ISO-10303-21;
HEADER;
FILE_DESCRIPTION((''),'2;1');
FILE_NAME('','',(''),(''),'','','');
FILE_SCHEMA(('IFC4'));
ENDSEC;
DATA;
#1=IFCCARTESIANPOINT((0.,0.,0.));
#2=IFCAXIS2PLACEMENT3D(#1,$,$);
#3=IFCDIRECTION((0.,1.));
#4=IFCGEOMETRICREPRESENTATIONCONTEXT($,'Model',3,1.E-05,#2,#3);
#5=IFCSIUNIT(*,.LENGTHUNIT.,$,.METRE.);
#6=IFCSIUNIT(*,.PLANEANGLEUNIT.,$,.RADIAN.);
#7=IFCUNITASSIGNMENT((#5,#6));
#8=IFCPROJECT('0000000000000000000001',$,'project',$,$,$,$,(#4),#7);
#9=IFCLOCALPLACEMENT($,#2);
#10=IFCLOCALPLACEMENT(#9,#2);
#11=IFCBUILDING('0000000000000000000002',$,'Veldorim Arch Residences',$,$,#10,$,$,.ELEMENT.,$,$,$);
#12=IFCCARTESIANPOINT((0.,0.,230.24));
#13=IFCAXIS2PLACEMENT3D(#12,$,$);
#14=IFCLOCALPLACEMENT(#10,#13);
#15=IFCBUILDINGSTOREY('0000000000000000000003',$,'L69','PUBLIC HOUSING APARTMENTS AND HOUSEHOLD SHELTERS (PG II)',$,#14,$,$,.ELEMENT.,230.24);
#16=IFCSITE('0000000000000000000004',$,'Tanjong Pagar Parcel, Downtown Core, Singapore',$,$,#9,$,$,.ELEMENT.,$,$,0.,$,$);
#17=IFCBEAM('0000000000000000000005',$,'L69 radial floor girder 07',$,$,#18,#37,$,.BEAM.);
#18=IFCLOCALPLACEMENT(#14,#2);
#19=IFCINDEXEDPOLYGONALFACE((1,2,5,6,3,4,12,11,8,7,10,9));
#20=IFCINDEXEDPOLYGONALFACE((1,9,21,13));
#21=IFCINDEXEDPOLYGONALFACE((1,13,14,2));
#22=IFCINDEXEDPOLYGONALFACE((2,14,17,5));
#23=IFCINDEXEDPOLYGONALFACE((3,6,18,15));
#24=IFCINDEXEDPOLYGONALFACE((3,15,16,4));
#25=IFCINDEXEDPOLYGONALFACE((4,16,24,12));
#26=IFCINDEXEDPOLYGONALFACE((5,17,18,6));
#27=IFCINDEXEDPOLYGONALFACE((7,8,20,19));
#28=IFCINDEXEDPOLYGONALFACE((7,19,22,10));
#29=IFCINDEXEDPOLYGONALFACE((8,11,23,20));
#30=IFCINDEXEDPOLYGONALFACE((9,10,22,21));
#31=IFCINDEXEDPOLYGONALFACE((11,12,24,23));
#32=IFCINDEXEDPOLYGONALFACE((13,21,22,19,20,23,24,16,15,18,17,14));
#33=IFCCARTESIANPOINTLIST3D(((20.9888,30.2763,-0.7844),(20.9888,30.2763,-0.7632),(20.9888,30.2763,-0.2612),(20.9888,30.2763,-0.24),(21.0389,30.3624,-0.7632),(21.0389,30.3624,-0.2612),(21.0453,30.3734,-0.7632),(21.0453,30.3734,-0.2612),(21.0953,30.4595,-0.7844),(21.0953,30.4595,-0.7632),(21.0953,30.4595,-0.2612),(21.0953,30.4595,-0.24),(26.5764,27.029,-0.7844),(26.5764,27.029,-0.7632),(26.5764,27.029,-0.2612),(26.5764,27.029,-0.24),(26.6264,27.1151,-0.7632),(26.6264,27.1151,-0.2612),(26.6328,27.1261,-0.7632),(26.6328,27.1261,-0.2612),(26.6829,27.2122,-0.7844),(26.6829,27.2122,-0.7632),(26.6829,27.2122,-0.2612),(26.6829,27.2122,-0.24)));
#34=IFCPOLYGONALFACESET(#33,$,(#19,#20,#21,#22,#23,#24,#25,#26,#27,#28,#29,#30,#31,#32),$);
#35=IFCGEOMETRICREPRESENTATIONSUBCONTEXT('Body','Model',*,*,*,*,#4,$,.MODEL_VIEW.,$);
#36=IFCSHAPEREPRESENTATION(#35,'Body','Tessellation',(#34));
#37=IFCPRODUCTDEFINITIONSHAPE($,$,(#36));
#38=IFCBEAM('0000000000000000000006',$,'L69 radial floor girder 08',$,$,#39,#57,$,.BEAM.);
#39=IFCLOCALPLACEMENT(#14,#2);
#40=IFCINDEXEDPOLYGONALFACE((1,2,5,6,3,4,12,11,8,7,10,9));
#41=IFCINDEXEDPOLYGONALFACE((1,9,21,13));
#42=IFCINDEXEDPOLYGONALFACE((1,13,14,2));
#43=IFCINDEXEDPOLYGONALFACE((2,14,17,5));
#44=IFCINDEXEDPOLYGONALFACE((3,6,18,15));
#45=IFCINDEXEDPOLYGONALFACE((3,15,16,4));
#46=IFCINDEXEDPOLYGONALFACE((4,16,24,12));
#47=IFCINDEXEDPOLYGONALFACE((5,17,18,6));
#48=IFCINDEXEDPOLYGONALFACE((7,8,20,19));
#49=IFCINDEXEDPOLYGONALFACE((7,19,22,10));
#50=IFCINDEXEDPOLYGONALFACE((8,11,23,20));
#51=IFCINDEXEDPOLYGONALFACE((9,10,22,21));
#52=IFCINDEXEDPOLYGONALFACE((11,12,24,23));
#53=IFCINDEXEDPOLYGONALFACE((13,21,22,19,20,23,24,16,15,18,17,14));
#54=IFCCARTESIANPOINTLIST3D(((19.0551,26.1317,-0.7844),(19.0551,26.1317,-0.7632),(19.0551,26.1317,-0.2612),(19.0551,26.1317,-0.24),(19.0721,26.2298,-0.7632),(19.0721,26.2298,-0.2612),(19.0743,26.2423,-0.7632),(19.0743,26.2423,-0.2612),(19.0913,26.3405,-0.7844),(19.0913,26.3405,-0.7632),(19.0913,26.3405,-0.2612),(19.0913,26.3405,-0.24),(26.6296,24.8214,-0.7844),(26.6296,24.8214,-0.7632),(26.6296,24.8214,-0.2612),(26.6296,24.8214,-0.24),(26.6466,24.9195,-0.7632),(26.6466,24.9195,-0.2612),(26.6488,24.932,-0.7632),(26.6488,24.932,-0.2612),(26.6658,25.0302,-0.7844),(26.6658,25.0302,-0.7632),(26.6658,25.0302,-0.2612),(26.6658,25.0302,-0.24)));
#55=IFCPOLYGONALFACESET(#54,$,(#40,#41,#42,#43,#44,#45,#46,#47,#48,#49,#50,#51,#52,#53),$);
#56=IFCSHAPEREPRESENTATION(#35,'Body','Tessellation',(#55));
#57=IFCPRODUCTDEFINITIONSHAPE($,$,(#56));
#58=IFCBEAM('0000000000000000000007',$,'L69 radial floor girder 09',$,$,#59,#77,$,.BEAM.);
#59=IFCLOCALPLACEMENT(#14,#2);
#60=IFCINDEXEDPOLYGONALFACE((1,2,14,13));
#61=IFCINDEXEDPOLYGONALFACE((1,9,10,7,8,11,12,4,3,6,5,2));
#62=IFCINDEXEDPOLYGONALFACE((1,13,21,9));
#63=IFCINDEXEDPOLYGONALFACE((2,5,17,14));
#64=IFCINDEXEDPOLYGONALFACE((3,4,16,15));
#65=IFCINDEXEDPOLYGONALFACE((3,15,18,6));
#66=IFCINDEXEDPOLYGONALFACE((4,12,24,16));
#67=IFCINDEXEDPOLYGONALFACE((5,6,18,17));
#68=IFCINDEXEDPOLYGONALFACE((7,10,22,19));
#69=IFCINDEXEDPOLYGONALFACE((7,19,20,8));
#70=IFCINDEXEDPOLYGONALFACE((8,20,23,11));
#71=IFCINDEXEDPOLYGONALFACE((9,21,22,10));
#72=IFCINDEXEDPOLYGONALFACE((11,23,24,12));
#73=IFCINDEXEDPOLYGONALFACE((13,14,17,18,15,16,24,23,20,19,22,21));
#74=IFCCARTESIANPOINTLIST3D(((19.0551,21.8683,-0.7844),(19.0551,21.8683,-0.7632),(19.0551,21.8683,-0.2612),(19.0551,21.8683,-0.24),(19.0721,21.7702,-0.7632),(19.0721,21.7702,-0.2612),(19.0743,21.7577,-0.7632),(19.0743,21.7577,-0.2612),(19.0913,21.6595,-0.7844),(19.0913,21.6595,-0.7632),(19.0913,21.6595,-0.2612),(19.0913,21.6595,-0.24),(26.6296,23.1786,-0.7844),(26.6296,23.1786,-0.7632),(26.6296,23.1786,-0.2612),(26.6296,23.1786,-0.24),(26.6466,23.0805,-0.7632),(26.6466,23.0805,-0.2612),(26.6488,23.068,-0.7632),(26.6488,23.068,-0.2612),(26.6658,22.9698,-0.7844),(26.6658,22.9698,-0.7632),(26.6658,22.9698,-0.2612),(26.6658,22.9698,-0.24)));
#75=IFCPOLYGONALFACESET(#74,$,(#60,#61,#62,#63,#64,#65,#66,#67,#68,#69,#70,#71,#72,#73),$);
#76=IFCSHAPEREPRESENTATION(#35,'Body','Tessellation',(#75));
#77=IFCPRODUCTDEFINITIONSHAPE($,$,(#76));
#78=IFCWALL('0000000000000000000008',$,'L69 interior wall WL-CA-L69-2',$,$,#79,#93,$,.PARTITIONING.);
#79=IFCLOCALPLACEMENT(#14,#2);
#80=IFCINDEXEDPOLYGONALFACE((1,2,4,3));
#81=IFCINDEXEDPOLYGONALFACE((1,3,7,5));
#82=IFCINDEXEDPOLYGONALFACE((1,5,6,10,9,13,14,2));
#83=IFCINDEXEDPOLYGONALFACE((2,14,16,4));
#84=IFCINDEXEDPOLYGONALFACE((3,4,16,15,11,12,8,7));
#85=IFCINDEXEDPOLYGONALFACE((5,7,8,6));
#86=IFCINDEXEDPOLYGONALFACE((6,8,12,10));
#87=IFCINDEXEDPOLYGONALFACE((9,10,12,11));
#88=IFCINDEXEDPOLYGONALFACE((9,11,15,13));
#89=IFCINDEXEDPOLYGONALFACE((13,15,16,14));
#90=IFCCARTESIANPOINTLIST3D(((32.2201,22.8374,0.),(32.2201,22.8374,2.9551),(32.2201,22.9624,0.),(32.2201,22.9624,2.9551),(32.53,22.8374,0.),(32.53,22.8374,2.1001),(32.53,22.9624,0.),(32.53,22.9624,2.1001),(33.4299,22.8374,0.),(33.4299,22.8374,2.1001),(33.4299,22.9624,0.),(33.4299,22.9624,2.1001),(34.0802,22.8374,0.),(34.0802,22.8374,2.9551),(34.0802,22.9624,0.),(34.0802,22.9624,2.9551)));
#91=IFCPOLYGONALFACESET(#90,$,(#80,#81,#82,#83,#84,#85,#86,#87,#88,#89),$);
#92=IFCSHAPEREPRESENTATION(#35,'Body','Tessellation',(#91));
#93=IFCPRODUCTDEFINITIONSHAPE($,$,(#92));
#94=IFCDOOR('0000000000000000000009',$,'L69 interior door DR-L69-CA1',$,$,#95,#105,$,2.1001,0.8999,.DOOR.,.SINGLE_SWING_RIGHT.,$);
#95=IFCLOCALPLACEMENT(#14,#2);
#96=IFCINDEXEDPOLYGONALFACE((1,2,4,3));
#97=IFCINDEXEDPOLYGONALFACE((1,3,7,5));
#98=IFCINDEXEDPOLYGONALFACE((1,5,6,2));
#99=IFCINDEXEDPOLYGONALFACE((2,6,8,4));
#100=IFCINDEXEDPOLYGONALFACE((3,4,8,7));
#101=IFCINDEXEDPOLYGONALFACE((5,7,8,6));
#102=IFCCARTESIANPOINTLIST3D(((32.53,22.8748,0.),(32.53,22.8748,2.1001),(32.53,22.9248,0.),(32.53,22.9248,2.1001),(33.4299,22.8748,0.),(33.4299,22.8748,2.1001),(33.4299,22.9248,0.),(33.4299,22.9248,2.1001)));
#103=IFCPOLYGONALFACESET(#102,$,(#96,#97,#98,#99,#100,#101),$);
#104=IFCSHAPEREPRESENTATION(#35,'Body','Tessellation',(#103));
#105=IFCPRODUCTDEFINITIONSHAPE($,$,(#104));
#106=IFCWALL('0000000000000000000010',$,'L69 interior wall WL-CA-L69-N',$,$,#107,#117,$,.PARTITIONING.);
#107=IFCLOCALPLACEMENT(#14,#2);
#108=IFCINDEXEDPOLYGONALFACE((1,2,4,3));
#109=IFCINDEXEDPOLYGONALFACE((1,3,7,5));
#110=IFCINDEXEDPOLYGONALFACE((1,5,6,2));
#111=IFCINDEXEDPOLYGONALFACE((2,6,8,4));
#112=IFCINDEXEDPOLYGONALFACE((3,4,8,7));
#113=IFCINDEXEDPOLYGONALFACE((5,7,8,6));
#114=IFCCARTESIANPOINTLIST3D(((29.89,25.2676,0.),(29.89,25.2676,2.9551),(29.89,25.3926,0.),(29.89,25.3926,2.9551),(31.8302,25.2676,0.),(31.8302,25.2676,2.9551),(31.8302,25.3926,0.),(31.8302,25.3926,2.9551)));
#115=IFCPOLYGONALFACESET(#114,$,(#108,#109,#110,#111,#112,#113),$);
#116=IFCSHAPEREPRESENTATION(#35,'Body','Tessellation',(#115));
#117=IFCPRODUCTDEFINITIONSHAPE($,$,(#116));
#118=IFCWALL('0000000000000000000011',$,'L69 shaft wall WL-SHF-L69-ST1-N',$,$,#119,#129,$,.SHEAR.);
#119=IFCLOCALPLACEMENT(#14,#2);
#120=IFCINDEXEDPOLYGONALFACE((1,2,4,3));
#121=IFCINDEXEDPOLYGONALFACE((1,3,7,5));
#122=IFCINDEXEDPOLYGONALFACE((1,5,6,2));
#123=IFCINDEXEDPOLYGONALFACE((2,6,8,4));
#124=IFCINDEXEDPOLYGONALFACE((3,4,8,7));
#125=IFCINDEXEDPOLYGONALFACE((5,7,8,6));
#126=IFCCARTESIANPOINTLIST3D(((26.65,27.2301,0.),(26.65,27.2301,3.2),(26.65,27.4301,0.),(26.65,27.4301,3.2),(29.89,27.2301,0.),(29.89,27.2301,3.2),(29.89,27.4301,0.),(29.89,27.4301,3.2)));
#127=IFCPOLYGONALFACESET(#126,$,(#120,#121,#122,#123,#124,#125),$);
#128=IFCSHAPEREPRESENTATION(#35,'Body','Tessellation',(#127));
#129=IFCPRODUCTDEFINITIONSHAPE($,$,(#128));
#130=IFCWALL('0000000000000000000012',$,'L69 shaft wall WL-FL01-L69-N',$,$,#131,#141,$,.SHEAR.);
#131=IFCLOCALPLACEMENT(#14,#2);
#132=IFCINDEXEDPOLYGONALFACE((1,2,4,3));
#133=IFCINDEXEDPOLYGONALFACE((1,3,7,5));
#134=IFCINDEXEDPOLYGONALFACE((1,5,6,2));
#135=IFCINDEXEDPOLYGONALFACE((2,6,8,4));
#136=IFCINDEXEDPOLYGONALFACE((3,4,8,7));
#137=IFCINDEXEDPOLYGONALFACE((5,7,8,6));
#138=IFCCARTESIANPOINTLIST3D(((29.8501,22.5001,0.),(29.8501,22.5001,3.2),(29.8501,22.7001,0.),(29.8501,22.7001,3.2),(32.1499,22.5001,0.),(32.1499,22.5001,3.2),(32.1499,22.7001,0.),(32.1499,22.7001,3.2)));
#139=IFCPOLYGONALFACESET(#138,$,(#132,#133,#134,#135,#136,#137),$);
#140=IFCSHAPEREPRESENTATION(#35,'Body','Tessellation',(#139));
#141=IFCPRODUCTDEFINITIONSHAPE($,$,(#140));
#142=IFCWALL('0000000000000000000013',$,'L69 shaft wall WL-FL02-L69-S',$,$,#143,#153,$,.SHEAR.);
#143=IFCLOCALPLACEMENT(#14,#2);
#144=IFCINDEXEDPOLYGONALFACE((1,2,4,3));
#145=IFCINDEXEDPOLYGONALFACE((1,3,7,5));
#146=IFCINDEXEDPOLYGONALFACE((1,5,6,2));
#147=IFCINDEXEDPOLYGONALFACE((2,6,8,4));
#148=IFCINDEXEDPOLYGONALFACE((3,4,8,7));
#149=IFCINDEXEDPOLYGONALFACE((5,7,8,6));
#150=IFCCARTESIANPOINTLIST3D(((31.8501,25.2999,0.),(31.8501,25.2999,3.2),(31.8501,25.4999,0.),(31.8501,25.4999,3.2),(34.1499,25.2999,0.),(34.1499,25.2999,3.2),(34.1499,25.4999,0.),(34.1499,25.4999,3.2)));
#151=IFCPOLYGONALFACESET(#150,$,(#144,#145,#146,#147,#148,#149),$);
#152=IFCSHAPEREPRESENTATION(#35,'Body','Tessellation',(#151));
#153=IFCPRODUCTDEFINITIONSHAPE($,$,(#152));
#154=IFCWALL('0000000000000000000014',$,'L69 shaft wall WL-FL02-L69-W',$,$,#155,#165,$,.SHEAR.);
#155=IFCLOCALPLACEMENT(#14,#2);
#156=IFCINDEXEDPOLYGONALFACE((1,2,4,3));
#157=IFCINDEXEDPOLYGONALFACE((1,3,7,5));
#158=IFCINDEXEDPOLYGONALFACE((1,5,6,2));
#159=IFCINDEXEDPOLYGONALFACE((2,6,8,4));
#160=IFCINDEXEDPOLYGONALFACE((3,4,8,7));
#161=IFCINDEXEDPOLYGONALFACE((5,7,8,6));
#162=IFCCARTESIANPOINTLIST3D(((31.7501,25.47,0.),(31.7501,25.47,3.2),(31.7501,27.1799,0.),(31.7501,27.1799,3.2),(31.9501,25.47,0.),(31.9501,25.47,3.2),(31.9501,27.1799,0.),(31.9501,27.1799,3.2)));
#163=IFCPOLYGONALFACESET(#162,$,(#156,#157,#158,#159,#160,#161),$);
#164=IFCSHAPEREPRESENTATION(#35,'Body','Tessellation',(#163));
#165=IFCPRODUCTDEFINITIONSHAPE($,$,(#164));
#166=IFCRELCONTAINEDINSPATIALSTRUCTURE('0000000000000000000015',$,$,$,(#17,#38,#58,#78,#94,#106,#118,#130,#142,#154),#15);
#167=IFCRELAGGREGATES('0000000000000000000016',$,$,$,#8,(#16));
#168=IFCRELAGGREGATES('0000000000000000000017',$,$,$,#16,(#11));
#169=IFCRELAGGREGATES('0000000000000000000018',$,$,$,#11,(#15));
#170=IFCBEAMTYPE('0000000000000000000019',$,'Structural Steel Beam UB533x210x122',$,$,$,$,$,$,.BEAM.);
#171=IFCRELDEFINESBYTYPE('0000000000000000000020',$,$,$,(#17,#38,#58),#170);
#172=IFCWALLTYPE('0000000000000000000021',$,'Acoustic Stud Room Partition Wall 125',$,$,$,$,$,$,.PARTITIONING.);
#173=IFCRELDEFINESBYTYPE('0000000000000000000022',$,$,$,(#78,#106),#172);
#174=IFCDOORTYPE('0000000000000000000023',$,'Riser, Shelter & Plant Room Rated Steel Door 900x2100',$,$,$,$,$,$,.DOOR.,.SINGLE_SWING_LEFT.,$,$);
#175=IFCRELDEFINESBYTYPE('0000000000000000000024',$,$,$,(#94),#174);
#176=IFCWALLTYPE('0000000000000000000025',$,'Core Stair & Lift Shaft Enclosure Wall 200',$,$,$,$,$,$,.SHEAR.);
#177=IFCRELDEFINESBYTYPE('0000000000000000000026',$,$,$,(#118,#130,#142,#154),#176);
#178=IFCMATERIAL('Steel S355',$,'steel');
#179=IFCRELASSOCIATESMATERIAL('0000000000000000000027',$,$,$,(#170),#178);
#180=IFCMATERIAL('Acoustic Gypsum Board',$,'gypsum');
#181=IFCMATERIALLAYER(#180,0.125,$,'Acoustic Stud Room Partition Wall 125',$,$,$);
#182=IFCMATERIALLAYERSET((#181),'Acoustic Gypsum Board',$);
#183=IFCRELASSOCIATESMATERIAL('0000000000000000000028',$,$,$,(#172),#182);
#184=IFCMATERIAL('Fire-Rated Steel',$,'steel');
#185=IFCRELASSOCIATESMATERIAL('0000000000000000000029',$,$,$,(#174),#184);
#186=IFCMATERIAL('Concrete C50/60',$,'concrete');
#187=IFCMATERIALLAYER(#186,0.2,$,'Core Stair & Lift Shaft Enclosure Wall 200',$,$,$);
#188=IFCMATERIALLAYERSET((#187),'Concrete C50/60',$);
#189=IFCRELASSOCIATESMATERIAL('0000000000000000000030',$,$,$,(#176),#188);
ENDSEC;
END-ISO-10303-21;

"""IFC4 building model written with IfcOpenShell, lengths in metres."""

from ifc_helpers import new_model, si_unit, direction, frame, frame_2d, origin, origin_2d, place, context, subcontext, project, spatial, rectangle, i_section, extrude, material, layer, layer_set, material_profile, profile_set, type_object, element, fill, save


model = new_model("IFC4")

# Units and contexts
model_context = context("Model", 3, precision=1e-05, world=origin(), true_north=direction((0.0, 1.0)))
body_context = subcontext(model_context, "Body", "Model", "MODEL_VIEW")
ifc_project = project(units=[si_unit("LENGTHUNIT", "METRE"), si_unit("PLANEANGLEUNIT", "RADIAN")], contexts=[model_context])

# Site, building, storey
site_placement = place(None, origin())
site = spatial("IfcSite", under=ifc_project, at=site_placement, Name="Tanjong Pagar Parcel, Downtown Core, Singapore", CompositionType="ELEMENT", RefElevation=0.0)
building_placement = place(site_placement, origin())
building = spatial("IfcBuilding", under=site, at=building_placement, Name="Veldorim Arch Residences", CompositionType="ELEMENT")
storey_placement = place(building_placement, frame((0.0, 0.0, 230.24)))
storey = spatial("IfcBuildingStorey", under=building, at=storey_placement, Name="L69", Description="PUBLIC HOUSING APARTMENTS AND HOUSEHOLD SHELTERS (PG II)", CompositionType="ELEMENT", Elevation=230.24)

# Beams
ifc_material_1 = material(Name="Steel S355", Category="steel")
ifc_material_profile = material_profile(ifc_material_1, i_section(OverallWidth=0.2119, OverallDepth=0.5444, WebThickness=0.0127, FlangeThickness=0.0212, at=origin_2d()), Name="UB533x210x122")
ifc_profile_set = profile_set([ifc_material_profile], Name="Steel S355")
beam_type = type_object("IfcBeamType", Name="Structural Steel Beam UB533x210x122", PredefinedType="BEAM", material=ifc_profile_set)
beam_placement = place(storey_placement, frame((26.6296, 27.1206, -0.5122), z_axis=(-0.864596, 0.502468, 0.0), x_axis=(-0.502468, -0.864596, 0.0)))
element("IfcBeam", 1, at=beam_placement, inside=storey, type_object=beam_type, Name="L69 radial floor girder 07", PredefinedType="BEAM", context=body_context, shape_type="SweptSolid", body=[
    extrude(i_section(OverallWidth=0.2119, OverallDepth=0.5444, WebThickness=0.0127, FlangeThickness=0.0212, at=origin_2d()), origin(), (0.0, 0.0, 1.0), 6.4626),
])
for number, where, z_axis, x_axis, name in (
    (2, (26.6477, 24.9258, -0.5122), (-0.985365, 0.170458, 0.0), (-0.170458, -0.985365, 0.0), "L69 radial floor girder 08"),
    (3, (26.6477, 23.0742, -0.5122), (-0.985365, -0.170458, 0.0), (0.170458, -0.985365, 0.0), "L69 radial floor girder 09"),
):
    element("IfcBeam", number, at=place(storey_placement, frame(where, z_axis=z_axis, x_axis=x_axis)), inside=storey, type_object=beam_type, Name=name, PredefinedType="BEAM", context=body_context, shape_type="SweptSolid", body=[
        extrude(i_section(OverallWidth=0.2119, OverallDepth=0.5444, WebThickness=0.0127, FlangeThickness=0.0212, at=origin_2d()), origin(), (0.0, 0.0, 1.0), 7.687),
    ])

# Wall, opening, door
ifc_material_2 = material(Name="Acoustic Gypsum Board", Category="gypsum")
ifc_layer_1 = layer(ifc_material_2, 0.125, Name="Acoustic Stud Room Partition Wall 125")
ifc_layer_set_1 = layer_set([ifc_layer_1], Name="Acoustic Gypsum Board")
wall_type_1 = type_object("IfcWallType", Name="Acoustic Stud Room Partition Wall 125", PredefinedType="PARTITIONING", material=ifc_layer_set_1)
wall_1_placement = place(storey_placement, frame((32.22, 22.8999, 0.0), z_axis=(0.0, 0.0, 1.0), x_axis=(1.0, 0.0, 0.0)))
wall_1 = element("IfcWall", 4, at=wall_1_placement, inside=storey, type_object=wall_type_1, Name="L69 interior wall WL-CA-L69-2", PredefinedType="PARTITIONING", context=body_context, shape_type="SweptSolid", body=[
    extrude(rectangle(XDim=1.8601, YDim=0.125, at=frame_2d((0.9302, 0.0))), origin(), (0.0, 0.0, 1.0), 2.9551),
])
opening_1_placement = place(wall_1_placement, frame((0.3101, 0.0, 0.0)))
opening_1 = element("IfcOpeningElement", 5, at=opening_1_placement, cuts=wall_1, PredefinedType="OPENING", context=body_context, shape_type="SweptSolid", body=[
    extrude(rectangle(XDim=0.8999, YDim=2.1001, at=frame_2d((0.45, 1.05))), frame((0.0, 0.0725, 0.0), z_axis=(0.0, -1.0, 0.0), x_axis=(1.0, 0.0, 0.0)), (0.0, 0.0, 1.0), 0.145),
])
ifc_material_3 = material(Name="Fire-Rated Steel", Category="steel")
door_type_1 = type_object("IfcDoorType", Name="Riser, Shelter & Plant Room Rated Steel Door 900x2100", OperationType="SINGLE_SWING_LEFT", PredefinedType="DOOR", material=ifc_material_3)
door_1_placement = place(opening_1_placement, origin())
door_1 = element("IfcDoor", 6, at=door_1_placement, inside=storey, type_object=door_type_1, Name="L69 interior door DR-L69-CA1", OperationType="SINGLE_SWING_RIGHT", OverallHeight=2.1001, OverallWidth=0.8999, PredefinedType="DOOR", context=body_context, shape_type="SweptSolid", body=[
    extrude(rectangle(XDim=0.8999, YDim=2.1001, at=frame_2d((0.45, 1.05))), frame((0.0, 0.0249, 0.0), z_axis=(0.0, -1.0, 0.0), x_axis=(1.0, 0.0, 0.0)), (0.0, 0.0, 1.0), 0.05),
])
fill(opening_1, door_1)

# Walls
wall_2_placement = place(storey_placement, frame((29.8899, 25.3301, 0.0), z_axis=(0.0, 0.0, 1.0), x_axis=(1.0, 0.0, 0.0)))
element("IfcWall", 7, at=wall_2_placement, inside=storey, type_object=wall_type_1, Name="L69 interior wall WL-CA-L69-N", PredefinedType="PARTITIONING", context=body_context, shape_type="SweptSolid", body=[
    extrude(rectangle(XDim=1.9402, YDim=0.125, at=frame_2d((0.9702, 0.0))), origin(), (0.0, 0.0, 1.0), 2.9551),
])
ifc_material_4 = material(Name="Concrete C50/60", Category="concrete")
ifc_layer_2 = layer(ifc_material_4, 0.2, Name="Core Stair & Lift Shaft Enclosure Wall 200")
ifc_layer_set_2 = layer_set([ifc_layer_2], Name="Concrete C50/60")
wall_type_2 = type_object("IfcWallType", Name="Core Stair & Lift Shaft Enclosure Wall 200", PredefinedType="SHEAR", material=ifc_layer_set_2)
wall_3_placement = place(storey_placement, frame((26.6499, 27.3301, 0.0), z_axis=(0.0, 0.0, 1.0), x_axis=(1.0, 0.0, 0.0)))
element("IfcWall", 8, at=wall_3_placement, inside=storey, type_object=wall_type_2, Name="L69 shaft wall WL-SHF-L69-ST1-N", PredefinedType="SHEAR", context=body_context, shape_type="SweptSolid", body=[
    extrude(rectangle(XDim=3.24, YDim=0.2, at=frame_2d((1.6201, 0.0))), origin(), (0.0, 0.0, 1.0), 3.2),
])
wall_4_placement = place(storey_placement, frame((29.8501, 22.6001, 0.0), z_axis=(0.0, 0.0, 1.0), x_axis=(1.0, 0.0, 0.0)))
element("IfcWall", 9, at=wall_4_placement, inside=storey, type_object=wall_type_2, Name="L69 shaft wall WL-FL01-L69-N", PredefinedType="SHEAR", context=body_context, shape_type="SweptSolid", body=[
    extrude(rectangle(XDim=2.2998, YDim=0.2, at=frame_2d((1.1499, 0.0))), origin(), (0.0, 0.0, 1.0), 3.2),
])

# Walls
wall_5_placement = place(storey_placement, frame((31.8501, 25.3999, 0.0), z_axis=(0.0, 0.0, 1.0), x_axis=(1.0, 0.0, 0.0)))
element("IfcWall", 10, at=wall_5_placement, inside=storey, type_object=wall_type_2, Name="L69 shaft wall WL-FL02-L69-S", PredefinedType="SHEAR", context=body_context, shape_type="SweptSolid", body=[
    extrude(rectangle(XDim=2.2998, YDim=0.2, at=frame_2d((1.1499, 0.0))), origin(), (0.0, 0.0, 1.0), 3.2),
])
wall_6_placement = place(storey_placement, frame((31.8501, 25.47, 0.0), z_axis=(0.0, 0.0, 1.0), x_axis=(0.0, 1.0, 0.0)))
element("IfcWall", 11, at=wall_6_placement, inside=storey, type_object=wall_type_2, Name="L69 shaft wall WL-FL02-L69-W", PredefinedType="SHEAR", context=body_context, shape_type="SweptSolid", body=[
    extrude(rectangle(XDim=1.71, YDim=0.2, at=frame_2d((0.855, 0.0))), origin(), (0.0, 0.0, 1.0), 3.2),
])

save(model, "model.ifc")
